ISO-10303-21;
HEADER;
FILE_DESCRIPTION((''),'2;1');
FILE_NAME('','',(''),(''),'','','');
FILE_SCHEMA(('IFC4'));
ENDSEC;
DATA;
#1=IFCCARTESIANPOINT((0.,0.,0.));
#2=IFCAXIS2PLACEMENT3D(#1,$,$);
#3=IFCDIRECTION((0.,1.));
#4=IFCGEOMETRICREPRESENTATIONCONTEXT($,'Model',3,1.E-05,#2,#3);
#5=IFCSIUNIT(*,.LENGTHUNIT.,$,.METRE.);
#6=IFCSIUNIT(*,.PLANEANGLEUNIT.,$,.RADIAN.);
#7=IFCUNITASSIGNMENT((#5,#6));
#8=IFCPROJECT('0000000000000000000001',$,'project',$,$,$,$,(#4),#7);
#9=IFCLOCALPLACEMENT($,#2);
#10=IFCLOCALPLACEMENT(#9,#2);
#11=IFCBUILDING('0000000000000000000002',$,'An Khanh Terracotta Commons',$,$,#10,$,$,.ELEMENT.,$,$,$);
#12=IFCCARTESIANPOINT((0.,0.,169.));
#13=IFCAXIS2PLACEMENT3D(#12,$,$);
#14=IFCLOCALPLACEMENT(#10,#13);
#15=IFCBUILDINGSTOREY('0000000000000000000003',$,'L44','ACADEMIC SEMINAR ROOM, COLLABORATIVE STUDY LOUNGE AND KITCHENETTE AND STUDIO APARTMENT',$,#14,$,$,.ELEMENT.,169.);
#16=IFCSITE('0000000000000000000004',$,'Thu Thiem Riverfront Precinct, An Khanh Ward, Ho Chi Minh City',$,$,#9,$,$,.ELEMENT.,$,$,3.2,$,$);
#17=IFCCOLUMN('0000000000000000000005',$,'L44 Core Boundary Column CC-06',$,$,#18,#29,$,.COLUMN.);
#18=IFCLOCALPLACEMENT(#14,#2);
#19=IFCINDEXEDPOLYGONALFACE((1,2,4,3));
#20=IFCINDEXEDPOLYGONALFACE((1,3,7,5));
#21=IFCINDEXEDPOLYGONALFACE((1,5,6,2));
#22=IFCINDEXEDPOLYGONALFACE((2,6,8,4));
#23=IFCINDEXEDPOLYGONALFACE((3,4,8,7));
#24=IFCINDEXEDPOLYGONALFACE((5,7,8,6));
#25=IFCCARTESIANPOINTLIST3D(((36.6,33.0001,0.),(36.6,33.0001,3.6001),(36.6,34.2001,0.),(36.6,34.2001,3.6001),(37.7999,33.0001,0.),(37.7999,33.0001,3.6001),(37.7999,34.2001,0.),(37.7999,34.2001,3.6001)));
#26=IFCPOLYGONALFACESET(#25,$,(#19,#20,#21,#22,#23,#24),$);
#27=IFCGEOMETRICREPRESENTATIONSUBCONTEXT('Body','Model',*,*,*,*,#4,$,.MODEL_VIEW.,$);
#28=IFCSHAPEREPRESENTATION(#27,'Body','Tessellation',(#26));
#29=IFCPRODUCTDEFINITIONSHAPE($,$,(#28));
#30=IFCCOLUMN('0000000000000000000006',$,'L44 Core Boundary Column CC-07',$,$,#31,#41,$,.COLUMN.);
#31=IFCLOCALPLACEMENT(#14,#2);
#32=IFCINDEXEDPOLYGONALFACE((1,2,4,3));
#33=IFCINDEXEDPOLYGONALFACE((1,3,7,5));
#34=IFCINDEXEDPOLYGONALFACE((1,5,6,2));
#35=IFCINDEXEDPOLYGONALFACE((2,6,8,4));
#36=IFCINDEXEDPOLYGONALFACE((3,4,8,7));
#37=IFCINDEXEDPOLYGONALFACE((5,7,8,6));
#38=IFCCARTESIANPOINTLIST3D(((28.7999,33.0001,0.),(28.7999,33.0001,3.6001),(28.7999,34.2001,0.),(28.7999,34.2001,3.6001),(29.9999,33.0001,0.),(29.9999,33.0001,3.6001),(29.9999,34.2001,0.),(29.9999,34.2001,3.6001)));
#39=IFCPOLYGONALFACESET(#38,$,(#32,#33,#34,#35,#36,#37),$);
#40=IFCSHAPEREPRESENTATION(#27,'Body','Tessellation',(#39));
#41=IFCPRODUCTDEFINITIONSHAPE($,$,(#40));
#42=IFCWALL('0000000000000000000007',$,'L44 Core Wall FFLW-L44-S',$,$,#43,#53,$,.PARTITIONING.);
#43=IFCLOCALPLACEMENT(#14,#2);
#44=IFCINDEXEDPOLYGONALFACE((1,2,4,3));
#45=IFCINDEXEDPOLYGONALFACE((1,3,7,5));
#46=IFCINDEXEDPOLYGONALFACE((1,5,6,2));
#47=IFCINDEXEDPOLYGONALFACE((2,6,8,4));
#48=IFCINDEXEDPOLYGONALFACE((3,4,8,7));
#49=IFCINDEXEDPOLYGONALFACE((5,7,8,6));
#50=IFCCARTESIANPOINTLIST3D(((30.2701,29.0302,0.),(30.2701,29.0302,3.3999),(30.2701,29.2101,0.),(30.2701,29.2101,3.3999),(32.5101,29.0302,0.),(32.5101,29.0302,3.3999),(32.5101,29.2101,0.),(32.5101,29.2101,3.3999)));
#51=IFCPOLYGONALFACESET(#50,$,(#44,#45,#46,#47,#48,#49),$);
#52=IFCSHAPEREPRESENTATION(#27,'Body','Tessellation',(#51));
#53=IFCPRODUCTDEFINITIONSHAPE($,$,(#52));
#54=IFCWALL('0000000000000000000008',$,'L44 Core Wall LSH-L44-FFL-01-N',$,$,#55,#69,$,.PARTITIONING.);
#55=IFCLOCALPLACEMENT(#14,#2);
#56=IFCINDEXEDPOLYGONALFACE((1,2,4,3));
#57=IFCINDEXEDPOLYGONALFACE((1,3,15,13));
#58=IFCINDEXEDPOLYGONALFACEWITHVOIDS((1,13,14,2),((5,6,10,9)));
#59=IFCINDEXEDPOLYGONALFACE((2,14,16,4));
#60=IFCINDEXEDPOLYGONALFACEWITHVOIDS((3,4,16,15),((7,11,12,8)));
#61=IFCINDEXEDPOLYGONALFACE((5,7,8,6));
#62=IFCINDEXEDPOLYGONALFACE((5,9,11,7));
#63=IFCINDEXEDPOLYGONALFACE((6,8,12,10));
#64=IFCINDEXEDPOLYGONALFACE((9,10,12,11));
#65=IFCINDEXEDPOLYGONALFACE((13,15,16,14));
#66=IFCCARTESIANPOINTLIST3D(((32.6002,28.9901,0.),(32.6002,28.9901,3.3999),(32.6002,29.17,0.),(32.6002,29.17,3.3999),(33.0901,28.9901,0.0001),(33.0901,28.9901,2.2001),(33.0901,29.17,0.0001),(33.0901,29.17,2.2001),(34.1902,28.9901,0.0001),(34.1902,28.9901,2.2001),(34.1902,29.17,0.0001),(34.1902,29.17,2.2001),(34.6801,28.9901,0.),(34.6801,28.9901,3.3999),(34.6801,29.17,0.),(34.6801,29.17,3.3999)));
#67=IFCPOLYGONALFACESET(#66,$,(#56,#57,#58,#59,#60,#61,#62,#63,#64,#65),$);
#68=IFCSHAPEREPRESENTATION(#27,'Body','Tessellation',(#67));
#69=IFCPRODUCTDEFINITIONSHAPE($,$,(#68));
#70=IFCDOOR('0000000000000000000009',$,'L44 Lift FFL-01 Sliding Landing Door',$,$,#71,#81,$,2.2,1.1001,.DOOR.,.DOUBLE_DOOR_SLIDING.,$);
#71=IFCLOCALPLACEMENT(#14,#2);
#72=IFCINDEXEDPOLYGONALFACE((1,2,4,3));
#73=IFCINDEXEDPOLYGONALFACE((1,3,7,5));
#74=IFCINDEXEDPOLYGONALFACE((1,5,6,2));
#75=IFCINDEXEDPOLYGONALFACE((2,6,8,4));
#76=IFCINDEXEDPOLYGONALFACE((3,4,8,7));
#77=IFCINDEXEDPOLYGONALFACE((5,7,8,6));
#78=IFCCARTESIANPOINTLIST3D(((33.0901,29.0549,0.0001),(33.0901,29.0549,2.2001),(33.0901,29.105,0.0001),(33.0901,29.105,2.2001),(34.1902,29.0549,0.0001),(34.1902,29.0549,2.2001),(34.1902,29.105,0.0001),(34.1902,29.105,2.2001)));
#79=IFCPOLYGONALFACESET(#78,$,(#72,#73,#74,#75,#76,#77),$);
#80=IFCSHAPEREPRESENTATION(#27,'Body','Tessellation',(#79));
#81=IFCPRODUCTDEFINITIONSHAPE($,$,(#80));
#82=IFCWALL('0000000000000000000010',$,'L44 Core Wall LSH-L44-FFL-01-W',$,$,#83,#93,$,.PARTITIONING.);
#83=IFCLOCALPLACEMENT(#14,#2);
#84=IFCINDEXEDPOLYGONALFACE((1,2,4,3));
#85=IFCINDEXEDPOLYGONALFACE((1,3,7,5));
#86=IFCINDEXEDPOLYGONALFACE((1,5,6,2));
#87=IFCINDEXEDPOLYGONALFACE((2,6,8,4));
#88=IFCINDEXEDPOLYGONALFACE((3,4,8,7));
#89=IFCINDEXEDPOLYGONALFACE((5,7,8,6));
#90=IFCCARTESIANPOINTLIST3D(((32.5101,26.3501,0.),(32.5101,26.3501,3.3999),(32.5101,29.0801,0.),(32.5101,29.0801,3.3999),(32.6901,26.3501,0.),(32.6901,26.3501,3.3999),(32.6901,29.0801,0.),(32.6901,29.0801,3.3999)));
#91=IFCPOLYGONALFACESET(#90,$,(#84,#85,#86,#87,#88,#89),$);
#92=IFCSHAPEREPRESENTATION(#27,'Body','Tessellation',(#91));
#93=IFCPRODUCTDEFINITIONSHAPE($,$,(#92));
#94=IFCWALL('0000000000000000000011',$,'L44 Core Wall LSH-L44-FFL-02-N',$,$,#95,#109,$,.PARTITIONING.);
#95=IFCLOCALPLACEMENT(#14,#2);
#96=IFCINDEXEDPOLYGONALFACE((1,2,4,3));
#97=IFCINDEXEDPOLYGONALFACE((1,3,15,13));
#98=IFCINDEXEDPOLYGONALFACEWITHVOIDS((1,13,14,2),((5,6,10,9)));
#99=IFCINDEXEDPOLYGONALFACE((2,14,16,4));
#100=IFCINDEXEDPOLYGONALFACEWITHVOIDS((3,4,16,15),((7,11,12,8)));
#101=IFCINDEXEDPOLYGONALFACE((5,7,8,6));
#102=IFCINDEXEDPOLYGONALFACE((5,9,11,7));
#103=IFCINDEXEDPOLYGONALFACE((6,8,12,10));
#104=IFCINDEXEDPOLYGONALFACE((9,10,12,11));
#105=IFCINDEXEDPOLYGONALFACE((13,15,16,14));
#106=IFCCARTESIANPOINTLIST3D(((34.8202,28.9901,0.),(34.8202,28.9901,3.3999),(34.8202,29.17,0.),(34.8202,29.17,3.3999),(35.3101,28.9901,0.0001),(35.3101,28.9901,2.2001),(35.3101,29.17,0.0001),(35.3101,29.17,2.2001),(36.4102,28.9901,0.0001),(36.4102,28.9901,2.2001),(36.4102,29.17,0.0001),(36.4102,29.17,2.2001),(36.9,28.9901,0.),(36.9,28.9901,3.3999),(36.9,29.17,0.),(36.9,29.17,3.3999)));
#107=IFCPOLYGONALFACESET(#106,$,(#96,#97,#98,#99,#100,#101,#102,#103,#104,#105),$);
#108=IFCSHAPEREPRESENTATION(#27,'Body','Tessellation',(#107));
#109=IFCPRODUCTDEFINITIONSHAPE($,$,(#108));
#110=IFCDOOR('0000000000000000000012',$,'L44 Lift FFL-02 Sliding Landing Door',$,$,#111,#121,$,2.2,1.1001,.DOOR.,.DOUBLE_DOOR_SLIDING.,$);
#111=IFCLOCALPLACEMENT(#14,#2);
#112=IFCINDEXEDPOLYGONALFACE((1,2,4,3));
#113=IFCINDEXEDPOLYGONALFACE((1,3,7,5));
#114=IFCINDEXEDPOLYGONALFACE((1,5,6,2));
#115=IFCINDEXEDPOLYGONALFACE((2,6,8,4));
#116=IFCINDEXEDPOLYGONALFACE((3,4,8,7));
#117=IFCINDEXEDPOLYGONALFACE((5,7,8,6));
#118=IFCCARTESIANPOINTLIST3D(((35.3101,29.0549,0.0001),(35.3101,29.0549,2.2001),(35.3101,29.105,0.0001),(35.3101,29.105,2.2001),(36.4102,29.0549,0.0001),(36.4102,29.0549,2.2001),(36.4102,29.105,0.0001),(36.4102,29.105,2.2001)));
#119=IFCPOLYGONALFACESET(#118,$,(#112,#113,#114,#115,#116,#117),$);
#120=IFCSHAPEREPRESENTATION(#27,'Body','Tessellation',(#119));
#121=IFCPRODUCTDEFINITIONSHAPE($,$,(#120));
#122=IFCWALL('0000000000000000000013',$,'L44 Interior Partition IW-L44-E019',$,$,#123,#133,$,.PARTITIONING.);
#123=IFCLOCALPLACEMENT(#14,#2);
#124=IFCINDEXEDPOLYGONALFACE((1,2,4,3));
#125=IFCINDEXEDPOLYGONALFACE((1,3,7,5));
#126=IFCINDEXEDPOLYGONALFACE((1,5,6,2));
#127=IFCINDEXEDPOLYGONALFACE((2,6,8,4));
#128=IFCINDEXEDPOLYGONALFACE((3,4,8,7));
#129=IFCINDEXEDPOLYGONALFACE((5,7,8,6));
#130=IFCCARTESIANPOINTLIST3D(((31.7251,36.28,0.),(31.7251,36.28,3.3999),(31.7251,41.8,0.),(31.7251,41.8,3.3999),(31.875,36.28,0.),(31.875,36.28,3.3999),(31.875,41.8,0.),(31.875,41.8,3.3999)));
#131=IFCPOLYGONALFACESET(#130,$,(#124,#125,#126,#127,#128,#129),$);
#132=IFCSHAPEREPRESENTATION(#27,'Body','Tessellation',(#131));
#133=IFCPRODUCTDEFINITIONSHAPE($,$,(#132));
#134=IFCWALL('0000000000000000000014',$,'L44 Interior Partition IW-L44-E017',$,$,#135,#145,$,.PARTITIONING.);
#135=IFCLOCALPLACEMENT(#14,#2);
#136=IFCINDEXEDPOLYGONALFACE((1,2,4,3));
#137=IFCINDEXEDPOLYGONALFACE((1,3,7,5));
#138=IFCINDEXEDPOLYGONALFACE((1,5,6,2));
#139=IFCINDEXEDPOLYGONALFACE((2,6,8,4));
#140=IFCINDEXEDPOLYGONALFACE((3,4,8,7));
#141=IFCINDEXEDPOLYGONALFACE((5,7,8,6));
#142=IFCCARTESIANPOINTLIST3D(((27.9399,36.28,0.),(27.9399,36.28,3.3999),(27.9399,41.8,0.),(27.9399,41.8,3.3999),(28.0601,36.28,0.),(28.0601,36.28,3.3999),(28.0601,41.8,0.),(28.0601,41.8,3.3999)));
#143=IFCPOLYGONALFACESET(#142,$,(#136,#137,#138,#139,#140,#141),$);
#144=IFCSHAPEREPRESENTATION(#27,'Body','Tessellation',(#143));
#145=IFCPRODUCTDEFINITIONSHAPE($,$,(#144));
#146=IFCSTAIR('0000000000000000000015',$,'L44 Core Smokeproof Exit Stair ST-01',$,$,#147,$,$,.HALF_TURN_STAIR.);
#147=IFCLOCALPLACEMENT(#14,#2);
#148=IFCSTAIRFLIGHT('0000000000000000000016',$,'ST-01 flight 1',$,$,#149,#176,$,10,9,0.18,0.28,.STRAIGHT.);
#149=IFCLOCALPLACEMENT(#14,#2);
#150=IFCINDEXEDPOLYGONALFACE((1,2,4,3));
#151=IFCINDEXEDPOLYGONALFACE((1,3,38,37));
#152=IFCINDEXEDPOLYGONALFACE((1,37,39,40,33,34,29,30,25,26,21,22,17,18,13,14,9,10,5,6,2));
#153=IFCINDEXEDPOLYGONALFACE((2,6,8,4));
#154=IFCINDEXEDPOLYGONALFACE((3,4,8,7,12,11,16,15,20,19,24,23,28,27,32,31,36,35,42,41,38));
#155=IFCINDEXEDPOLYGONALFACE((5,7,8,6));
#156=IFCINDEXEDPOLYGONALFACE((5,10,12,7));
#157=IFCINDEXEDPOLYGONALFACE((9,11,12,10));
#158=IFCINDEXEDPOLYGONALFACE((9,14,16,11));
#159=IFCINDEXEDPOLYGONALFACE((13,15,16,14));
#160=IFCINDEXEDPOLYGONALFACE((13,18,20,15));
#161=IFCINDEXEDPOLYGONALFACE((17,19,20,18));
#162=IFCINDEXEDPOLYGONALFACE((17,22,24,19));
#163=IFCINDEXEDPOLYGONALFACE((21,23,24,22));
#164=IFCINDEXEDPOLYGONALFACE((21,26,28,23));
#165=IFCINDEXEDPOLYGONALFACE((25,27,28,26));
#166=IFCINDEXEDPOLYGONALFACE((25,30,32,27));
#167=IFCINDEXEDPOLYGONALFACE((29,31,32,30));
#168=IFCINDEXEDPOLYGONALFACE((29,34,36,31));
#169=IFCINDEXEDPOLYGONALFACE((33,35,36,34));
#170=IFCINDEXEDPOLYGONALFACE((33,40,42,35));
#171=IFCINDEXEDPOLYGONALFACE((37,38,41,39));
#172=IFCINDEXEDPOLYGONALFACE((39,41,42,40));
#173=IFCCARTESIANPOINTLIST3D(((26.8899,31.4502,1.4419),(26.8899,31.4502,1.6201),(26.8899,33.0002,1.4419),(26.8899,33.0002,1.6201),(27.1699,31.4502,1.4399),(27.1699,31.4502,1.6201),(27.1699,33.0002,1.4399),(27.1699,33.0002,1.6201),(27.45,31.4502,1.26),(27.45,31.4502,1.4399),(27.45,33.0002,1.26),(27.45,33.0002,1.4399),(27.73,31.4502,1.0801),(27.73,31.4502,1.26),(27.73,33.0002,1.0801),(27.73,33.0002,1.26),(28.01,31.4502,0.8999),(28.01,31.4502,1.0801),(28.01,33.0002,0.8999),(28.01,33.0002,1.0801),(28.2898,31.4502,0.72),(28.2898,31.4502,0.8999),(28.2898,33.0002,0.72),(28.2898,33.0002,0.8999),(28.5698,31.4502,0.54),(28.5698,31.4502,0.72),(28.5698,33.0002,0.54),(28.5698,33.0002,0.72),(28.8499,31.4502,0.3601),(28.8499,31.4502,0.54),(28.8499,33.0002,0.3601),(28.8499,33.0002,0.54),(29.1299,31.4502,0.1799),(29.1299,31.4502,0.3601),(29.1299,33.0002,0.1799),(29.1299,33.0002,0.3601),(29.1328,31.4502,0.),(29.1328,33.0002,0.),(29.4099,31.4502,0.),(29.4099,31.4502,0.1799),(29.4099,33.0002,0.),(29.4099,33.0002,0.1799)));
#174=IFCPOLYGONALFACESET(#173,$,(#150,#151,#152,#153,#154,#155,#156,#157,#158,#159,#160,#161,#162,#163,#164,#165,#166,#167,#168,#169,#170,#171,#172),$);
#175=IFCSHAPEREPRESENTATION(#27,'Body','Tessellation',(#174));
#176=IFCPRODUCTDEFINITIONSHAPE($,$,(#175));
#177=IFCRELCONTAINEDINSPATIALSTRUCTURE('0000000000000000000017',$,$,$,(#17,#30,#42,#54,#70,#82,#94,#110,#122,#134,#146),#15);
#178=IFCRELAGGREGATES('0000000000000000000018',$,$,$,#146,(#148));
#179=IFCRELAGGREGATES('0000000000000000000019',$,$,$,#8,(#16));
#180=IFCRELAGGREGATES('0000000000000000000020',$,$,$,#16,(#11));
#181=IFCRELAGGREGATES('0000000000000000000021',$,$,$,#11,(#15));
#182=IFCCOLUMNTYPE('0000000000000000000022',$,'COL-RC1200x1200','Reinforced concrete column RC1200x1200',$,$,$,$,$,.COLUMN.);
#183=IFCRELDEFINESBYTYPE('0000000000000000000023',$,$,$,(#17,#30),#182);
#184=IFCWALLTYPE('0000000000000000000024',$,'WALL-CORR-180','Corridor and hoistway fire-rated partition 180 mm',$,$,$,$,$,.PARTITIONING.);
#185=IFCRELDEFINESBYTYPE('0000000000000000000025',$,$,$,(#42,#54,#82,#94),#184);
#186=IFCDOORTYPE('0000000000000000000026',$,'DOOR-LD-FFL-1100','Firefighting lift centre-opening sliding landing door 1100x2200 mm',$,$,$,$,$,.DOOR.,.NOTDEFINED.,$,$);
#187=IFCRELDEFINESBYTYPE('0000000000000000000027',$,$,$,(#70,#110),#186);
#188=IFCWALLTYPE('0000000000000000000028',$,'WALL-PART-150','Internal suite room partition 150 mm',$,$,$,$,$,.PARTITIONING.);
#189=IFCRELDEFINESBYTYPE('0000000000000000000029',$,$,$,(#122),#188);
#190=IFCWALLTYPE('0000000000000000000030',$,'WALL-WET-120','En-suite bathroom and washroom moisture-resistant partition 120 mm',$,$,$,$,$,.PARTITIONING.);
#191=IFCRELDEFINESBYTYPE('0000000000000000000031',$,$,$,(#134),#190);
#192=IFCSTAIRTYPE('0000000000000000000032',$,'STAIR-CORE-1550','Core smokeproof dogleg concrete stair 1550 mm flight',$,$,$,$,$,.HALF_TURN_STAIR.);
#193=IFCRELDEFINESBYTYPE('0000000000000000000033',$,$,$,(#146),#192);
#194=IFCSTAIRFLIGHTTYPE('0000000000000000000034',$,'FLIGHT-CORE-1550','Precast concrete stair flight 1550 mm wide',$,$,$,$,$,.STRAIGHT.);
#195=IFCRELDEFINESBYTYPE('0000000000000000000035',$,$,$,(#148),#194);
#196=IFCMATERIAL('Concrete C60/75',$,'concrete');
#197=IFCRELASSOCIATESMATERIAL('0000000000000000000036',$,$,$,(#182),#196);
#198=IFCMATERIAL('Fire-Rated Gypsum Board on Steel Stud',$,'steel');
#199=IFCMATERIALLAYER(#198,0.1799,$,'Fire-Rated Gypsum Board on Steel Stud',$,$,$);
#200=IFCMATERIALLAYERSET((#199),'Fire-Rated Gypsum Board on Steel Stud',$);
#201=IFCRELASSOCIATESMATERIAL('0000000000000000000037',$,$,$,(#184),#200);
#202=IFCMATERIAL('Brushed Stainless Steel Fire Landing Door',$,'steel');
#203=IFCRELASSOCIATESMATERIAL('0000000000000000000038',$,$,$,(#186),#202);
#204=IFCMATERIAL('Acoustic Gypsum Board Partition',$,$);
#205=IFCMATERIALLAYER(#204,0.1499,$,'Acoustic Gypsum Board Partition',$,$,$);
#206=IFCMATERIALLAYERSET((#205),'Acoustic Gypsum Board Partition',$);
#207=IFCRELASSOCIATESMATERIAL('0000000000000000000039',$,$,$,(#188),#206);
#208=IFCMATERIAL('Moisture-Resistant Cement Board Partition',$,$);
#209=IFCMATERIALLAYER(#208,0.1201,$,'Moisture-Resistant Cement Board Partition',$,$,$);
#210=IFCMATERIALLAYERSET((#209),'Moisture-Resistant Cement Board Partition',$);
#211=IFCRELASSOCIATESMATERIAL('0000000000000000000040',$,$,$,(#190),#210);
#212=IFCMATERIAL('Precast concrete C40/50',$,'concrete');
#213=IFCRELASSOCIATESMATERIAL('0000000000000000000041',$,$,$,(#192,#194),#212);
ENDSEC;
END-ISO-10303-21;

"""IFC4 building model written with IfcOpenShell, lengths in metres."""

from ifc_helpers import new_model, si_unit, direction, frame, frame_2d, origin, origin_2d, place, context, subcontext, project, spatial, polyline, rectangle, outline, extrude, material, layer, layer_set, material_profile, profile_set, type_object, element, fill, aggregate, save


model = new_model("IFC4")

# Units and contexts
model_context = context("Model", 3, precision=1e-05, world=origin(), true_north=direction((0.0, 1.0)))
body_context = subcontext(model_context, "Body", "Model", "MODEL_VIEW")
ifc_project = project(units=[si_unit("LENGTHUNIT", "METRE"), si_unit("PLANEANGLEUNIT", "RADIAN")], contexts=[model_context])

# Site, building, storey
site_placement = place(None, origin())
site = spatial("IfcSite", under=ifc_project, at=site_placement, Name="Thu Thiem Riverfront Precinct, An Khanh Ward, Ho Chi Minh City", CompositionType="ELEMENT", RefElevation=3.2)
building_placement = place(site_placement, origin())
building = spatial("IfcBuilding", under=site, at=building_placement, Name="An Khanh Terracotta Commons", CompositionType="ELEMENT")
storey_placement = place(building_placement, frame((0.0, 0.0, 169.0)))
storey = spatial("IfcBuildingStorey", under=building, at=storey_placement, Name="L44", Description="ACADEMIC SEMINAR ROOM, COLLABORATIVE STUDY LOUNGE AND KITCHENETTE AND STUDIO APARTMENT", CompositionType="ELEMENT", Elevation=169.0)

# Columns
ifc_material_1 = material(Name="Concrete C60/75", Category="concrete")
ifc_material_profile = material_profile(ifc_material_1, rectangle(XDim=1.2, YDim=1.2, at=origin_2d()), Name="RC1200x1200")
ifc_profile_set = profile_set([ifc_material_profile], Name="Concrete C60/75")
column_type = type_object("IfcColumnType", Name="COL-RC1200x1200", Description="Reinforced concrete column RC1200x1200", PredefinedType="COLUMN", material=ifc_profile_set)
for number, where, z_axis, x_axis, name in (
    (1, (37.2, 33.6001, 0.0), (0.0, 0.0, 1.0), (1.0, 0.0, 0.0), "L44 Core Boundary Column CC-06"),
    (2, (29.3999, 33.6001, 0.0), (0.0, 0.0, 1.0), (1.0, 0.0, 0.0), "L44 Core Boundary Column CC-07"),
):
    element("IfcColumn", number, at=place(storey_placement, frame(where, z_axis=z_axis, x_axis=x_axis)), inside=storey, type_object=column_type, Name=name, PredefinedType="COLUMN", context=body_context, shape_type="SweptSolid", body=[
        extrude(rectangle(XDim=1.2, YDim=1.2, at=origin_2d()), origin(), (0.0, 0.0, 1.0), 3.6001),
    ])

# Wall
ifc_material_2 = material(Name="Fire-Rated Gypsum Board on Steel Stud", Category="steel")
ifc_layer_1 = layer(ifc_material_2, 0.1799, Name="Fire-Rated Gypsum Board on Steel Stud")
ifc_layer_set_1 = layer_set([ifc_layer_1], Name="Fire-Rated Gypsum Board on Steel Stud")
wall_type_1 = type_object("IfcWallType", Name="WALL-CORR-180", Description="Corridor and hoistway fire-rated partition 180 mm", PredefinedType="PARTITIONING", material=ifc_layer_set_1)
wall_1_placement = place(storey_placement, frame((30.27, 29.1201, 0.0), z_axis=(0.0, 0.0, 1.0), x_axis=(1.0, 0.0, 0.0)))
element("IfcWall", 3, at=wall_1_placement, inside=storey, type_object=wall_type_1, Name="L44 Core Wall FFLW-L44-S", PredefinedType="PARTITIONING", context=body_context, shape_type="SweptSolid", body=[
    extrude(rectangle(XDim=2.24, YDim=0.1799, at=frame_2d((1.1201, 0.0))), origin(), (0.0, 0.0, 1.0), 3.3999),
])

# Wall, opening, door
wall_2_placement = place(storey_placement, frame((32.6001, 29.0801, 0.0), z_axis=(0.0, 0.0, 1.0), x_axis=(1.0, 0.0, 0.0)))
wall_2 = element("IfcWall", 4, at=wall_2_placement, inside=storey, type_object=wall_type_1, Name="L44 Core Wall LSH-L44-FFL-01-N", PredefinedType="PARTITIONING", context=body_context, shape_type="SweptSolid", body=[
    extrude(rectangle(XDim=2.0798, YDim=0.1799, at=frame_2d((1.04, 0.0))), origin(), (0.0, 0.0, 1.0), 3.3999),
])
opening_1_placement = place(wall_2_placement, frame((0.49, 0.0, 0.0)))
opening_1 = element("IfcOpeningElement", 5, at=opening_1_placement, cuts=wall_2, PredefinedType="OPENING", context=body_context, shape_type="SweptSolid", body=[
    extrude(rectangle(XDim=1.1001, YDim=2.2, at=frame_2d((0.55, 1.1001))), frame((0.0, 0.0999, 0.0), z_axis=(0.0, -1.0, 0.0), x_axis=(1.0, 0.0, 0.0)), (0.0, 0.0, 1.0), 0.2),
])
ifc_material_3 = material(Name="Brushed Stainless Steel Fire Landing Door", Category="steel")
door_type_1 = type_object("IfcDoorType", Name="DOOR-LD-FFL-1100", Description="Firefighting lift centre-opening sliding landing door 1100x2200 mm", OperationType="NOTDEFINED", PredefinedType="DOOR", material=ifc_material_3)
door_1_placement = place(opening_1_placement, origin())
door_1 = element("IfcDoor", 6, at=door_1_placement, inside=storey, type_object=door_type_1, Name="L44 Lift FFL-01 Sliding Landing Door", OperationType="DOUBLE_DOOR_SLIDING", OverallHeight=2.2, OverallWidth=1.1001, PredefinedType="DOOR", context=body_context, shape_type="SweptSolid", body=[
    extrude(rectangle(XDim=1.1001, YDim=2.2, at=frame_2d((0.55, 1.1001))), frame((0.0, 0.0249, 0.0), z_axis=(0.0, -1.0, 0.0), x_axis=(1.0, 0.0, 0.0)), (0.0, 0.0, 1.0), 0.05),
])
fill(opening_1, door_1)

# Wall
wall_3_placement = place(storey_placement, frame((32.6001, 29.0801, 0.0), z_axis=(0.0, 0.0, 1.0), x_axis=(0.0, -1.0, 0.0)))
element("IfcWall", 7, at=wall_3_placement, inside=storey, type_object=wall_type_1, Name="L44 Core Wall LSH-L44-FFL-01-W", PredefinedType="PARTITIONING", context=body_context, shape_type="SweptSolid", body=[
    extrude(rectangle(XDim=2.73, YDim=0.1799, at=frame_2d((1.365, 0.0))), origin(), (0.0, 0.0, 1.0), 3.3999),
])

# Wall, opening, door
wall_4_placement = place(storey_placement, frame((34.8201, 29.0801, 0.0), z_axis=(0.0, 0.0, 1.0), x_axis=(1.0, 0.0, 0.0)))
wall_4 = element("IfcWall", 8, at=wall_4_placement, inside=storey, type_object=wall_type_1, Name="L44 Core Wall LSH-L44-FFL-02-N", PredefinedType="PARTITIONING", context=body_context, shape_type="SweptSolid", body=[
    extrude(rectangle(XDim=2.0798, YDim=0.1799, at=frame_2d((1.04, 0.0))), origin(), (0.0, 0.0, 1.0), 3.3999),
])
opening_2_placement = place(wall_4_placement, frame((0.49, 0.0, 0.0)))
opening_2 = element("IfcOpeningElement", 9, at=opening_2_placement, cuts=wall_4, PredefinedType="OPENING", context=body_context, shape_type="SweptSolid", body=[
    extrude(rectangle(XDim=1.1001, YDim=2.2, at=frame_2d((0.55, 1.1001))), frame((0.0, 0.0999, 0.0), z_axis=(0.0, -1.0, 0.0), x_axis=(1.0, 0.0, 0.0)), (0.0, 0.0, 1.0), 0.2),
])
door_2_placement = place(opening_2_placement, origin())
door_2 = element("IfcDoor", 10, at=door_2_placement, inside=storey, type_object=door_type_1, Name="L44 Lift FFL-02 Sliding Landing Door", OperationType="DOUBLE_DOOR_SLIDING", OverallHeight=2.2, OverallWidth=1.1001, PredefinedType="DOOR", context=body_context, shape_type="SweptSolid", body=[
    extrude(rectangle(XDim=1.1001, YDim=2.2, at=frame_2d((0.55, 1.1001))), frame((0.0, 0.0249, 0.0), z_axis=(0.0, -1.0, 0.0), x_axis=(1.0, 0.0, 0.0)), (0.0, 0.0, 1.0), 0.05),
])
fill(opening_2, door_2)

# Wall
ifc_material_4 = material(Name="Acoustic Gypsum Board Partition")
ifc_layer_2 = layer(ifc_material_4, 0.1499, Name="Acoustic Gypsum Board Partition")
ifc_layer_set_2 = layer_set([ifc_layer_2], Name="Acoustic Gypsum Board Partition")
wall_type_2 = type_object("IfcWallType", Name="WALL-PART-150", Description="Internal suite room partition 150 mm", PredefinedType="PARTITIONING", material=ifc_layer_set_2)
wall_5_placement = place(storey_placement, frame((31.8, 36.28, 0.0), z_axis=(0.0, 0.0, 1.0), x_axis=(0.0, 1.0, 0.0)))
element("IfcWall", 11, at=wall_5_placement, inside=storey, type_object=wall_type_2, Name="L44 Interior Partition IW-L44-E019", PredefinedType="PARTITIONING", context=body_context, shape_type="SweptSolid", body=[
    extrude(rectangle(XDim=5.52, YDim=0.1499, at=frame_2d((2.76, 0.0))), origin(), (0.0, 0.0, 1.0), 3.3999),
])

# Wall
ifc_material_5 = material(Name="Moisture-Resistant Cement Board Partition")
ifc_layer_3 = layer(ifc_material_5, 0.1201, Name="Moisture-Resistant Cement Board Partition")
ifc_layer_set_3 = layer_set([ifc_layer_3], Name="Moisture-Resistant Cement Board Partition")
wall_type_3 = type_object("IfcWallType", Name="WALL-WET-120", Description="En-suite bathroom and washroom moisture-resistant partition 120 mm", PredefinedType="PARTITIONING", material=ifc_layer_set_3)
wall_6_placement = place(storey_placement, frame((28.0, 36.28, 0.0), z_axis=(0.0, 0.0, 1.0), x_axis=(0.0, 1.0, 0.0)))
element("IfcWall", 12, at=wall_6_placement, inside=storey, type_object=wall_type_3, Name="L44 Interior Partition IW-L44-E017", PredefinedType="PARTITIONING", context=body_context, shape_type="SweptSolid", body=[
    extrude(rectangle(XDim=5.52, YDim=0.1201, at=frame_2d((2.76, 0.0))), origin(), (0.0, 0.0, 1.0), 3.3999),
])

# Stair, stair flight
ifc_material_6 = material(Name="Precast concrete C40/50", Category="concrete")
stair_type = type_object("IfcStairType", Name="STAIR-CORE-1550", Description="Core smokeproof dogleg concrete stair 1550 mm flight", PredefinedType="HALF_TURN_STAIR", material=ifc_material_6)
stair_placement = place(storey_placement, origin())
stair = element("IfcStair", 13, at=stair_placement, inside=storey, type_object=stair_type, Name="L44 Core Smokeproof Exit Stair ST-01", PredefinedType="HALF_TURN_STAIR")
stair_flight_type = type_object("IfcStairFlightType", Name="FLIGHT-CORE-1550", Description="Precast concrete stair flight 1550 mm wide", PredefinedType="STRAIGHT", material=ifc_material_6)
stair_flight_1_placement = place(storey_placement, frame((29.4099, 32.2251, 0.0), z_axis=(0.0, 0.0, 1.0), x_axis=(-1.0, 0.0, 0.0)))
stair_flight_1 = element("IfcStairFlight", 14, at=stair_flight_1_placement, type_object=stair_flight_type, Name="ST-01 flight 1", NumberOfRisers=10, NumberOfTreads=9, PredefinedType="STRAIGHT", RiserHeight=0.18, TreadLength=0.28, context=body_context, shape_type="SweptSolid", body=[
    extrude(outline(polyline([(0.0, 0.0), (0.0, 0.1799), (0.28, 0.1799), (0.28, 0.3601), (0.5601, 0.3601), (0.5601, 0.54), (0.8401, 0.54), (0.8401, 0.72), (1.1201, 0.72), (1.1201, 0.8999), (1.3999, 0.8999), (1.3999, 1.0801), (1.6799, 1.0801), (1.6799, 1.26), (1.96, 1.26), (1.96, 1.4399), (2.24, 1.4399), (2.24, 1.6201), (2.52, 1.6201), (2.52, 1.8), (2.52, 1.4419), (0.2771, 0.0), (0.0, 0.0)])), frame((0.0, 0.7749, 0.0), z_axis=(0.0, -1.0, 0.0), x_axis=(1.0, 0.0, 0.0)), (0.0, 0.0, 1.0), 1.55),
])
aggregate(stair, [stair_flight_1])

save(model, "model.ifc")
